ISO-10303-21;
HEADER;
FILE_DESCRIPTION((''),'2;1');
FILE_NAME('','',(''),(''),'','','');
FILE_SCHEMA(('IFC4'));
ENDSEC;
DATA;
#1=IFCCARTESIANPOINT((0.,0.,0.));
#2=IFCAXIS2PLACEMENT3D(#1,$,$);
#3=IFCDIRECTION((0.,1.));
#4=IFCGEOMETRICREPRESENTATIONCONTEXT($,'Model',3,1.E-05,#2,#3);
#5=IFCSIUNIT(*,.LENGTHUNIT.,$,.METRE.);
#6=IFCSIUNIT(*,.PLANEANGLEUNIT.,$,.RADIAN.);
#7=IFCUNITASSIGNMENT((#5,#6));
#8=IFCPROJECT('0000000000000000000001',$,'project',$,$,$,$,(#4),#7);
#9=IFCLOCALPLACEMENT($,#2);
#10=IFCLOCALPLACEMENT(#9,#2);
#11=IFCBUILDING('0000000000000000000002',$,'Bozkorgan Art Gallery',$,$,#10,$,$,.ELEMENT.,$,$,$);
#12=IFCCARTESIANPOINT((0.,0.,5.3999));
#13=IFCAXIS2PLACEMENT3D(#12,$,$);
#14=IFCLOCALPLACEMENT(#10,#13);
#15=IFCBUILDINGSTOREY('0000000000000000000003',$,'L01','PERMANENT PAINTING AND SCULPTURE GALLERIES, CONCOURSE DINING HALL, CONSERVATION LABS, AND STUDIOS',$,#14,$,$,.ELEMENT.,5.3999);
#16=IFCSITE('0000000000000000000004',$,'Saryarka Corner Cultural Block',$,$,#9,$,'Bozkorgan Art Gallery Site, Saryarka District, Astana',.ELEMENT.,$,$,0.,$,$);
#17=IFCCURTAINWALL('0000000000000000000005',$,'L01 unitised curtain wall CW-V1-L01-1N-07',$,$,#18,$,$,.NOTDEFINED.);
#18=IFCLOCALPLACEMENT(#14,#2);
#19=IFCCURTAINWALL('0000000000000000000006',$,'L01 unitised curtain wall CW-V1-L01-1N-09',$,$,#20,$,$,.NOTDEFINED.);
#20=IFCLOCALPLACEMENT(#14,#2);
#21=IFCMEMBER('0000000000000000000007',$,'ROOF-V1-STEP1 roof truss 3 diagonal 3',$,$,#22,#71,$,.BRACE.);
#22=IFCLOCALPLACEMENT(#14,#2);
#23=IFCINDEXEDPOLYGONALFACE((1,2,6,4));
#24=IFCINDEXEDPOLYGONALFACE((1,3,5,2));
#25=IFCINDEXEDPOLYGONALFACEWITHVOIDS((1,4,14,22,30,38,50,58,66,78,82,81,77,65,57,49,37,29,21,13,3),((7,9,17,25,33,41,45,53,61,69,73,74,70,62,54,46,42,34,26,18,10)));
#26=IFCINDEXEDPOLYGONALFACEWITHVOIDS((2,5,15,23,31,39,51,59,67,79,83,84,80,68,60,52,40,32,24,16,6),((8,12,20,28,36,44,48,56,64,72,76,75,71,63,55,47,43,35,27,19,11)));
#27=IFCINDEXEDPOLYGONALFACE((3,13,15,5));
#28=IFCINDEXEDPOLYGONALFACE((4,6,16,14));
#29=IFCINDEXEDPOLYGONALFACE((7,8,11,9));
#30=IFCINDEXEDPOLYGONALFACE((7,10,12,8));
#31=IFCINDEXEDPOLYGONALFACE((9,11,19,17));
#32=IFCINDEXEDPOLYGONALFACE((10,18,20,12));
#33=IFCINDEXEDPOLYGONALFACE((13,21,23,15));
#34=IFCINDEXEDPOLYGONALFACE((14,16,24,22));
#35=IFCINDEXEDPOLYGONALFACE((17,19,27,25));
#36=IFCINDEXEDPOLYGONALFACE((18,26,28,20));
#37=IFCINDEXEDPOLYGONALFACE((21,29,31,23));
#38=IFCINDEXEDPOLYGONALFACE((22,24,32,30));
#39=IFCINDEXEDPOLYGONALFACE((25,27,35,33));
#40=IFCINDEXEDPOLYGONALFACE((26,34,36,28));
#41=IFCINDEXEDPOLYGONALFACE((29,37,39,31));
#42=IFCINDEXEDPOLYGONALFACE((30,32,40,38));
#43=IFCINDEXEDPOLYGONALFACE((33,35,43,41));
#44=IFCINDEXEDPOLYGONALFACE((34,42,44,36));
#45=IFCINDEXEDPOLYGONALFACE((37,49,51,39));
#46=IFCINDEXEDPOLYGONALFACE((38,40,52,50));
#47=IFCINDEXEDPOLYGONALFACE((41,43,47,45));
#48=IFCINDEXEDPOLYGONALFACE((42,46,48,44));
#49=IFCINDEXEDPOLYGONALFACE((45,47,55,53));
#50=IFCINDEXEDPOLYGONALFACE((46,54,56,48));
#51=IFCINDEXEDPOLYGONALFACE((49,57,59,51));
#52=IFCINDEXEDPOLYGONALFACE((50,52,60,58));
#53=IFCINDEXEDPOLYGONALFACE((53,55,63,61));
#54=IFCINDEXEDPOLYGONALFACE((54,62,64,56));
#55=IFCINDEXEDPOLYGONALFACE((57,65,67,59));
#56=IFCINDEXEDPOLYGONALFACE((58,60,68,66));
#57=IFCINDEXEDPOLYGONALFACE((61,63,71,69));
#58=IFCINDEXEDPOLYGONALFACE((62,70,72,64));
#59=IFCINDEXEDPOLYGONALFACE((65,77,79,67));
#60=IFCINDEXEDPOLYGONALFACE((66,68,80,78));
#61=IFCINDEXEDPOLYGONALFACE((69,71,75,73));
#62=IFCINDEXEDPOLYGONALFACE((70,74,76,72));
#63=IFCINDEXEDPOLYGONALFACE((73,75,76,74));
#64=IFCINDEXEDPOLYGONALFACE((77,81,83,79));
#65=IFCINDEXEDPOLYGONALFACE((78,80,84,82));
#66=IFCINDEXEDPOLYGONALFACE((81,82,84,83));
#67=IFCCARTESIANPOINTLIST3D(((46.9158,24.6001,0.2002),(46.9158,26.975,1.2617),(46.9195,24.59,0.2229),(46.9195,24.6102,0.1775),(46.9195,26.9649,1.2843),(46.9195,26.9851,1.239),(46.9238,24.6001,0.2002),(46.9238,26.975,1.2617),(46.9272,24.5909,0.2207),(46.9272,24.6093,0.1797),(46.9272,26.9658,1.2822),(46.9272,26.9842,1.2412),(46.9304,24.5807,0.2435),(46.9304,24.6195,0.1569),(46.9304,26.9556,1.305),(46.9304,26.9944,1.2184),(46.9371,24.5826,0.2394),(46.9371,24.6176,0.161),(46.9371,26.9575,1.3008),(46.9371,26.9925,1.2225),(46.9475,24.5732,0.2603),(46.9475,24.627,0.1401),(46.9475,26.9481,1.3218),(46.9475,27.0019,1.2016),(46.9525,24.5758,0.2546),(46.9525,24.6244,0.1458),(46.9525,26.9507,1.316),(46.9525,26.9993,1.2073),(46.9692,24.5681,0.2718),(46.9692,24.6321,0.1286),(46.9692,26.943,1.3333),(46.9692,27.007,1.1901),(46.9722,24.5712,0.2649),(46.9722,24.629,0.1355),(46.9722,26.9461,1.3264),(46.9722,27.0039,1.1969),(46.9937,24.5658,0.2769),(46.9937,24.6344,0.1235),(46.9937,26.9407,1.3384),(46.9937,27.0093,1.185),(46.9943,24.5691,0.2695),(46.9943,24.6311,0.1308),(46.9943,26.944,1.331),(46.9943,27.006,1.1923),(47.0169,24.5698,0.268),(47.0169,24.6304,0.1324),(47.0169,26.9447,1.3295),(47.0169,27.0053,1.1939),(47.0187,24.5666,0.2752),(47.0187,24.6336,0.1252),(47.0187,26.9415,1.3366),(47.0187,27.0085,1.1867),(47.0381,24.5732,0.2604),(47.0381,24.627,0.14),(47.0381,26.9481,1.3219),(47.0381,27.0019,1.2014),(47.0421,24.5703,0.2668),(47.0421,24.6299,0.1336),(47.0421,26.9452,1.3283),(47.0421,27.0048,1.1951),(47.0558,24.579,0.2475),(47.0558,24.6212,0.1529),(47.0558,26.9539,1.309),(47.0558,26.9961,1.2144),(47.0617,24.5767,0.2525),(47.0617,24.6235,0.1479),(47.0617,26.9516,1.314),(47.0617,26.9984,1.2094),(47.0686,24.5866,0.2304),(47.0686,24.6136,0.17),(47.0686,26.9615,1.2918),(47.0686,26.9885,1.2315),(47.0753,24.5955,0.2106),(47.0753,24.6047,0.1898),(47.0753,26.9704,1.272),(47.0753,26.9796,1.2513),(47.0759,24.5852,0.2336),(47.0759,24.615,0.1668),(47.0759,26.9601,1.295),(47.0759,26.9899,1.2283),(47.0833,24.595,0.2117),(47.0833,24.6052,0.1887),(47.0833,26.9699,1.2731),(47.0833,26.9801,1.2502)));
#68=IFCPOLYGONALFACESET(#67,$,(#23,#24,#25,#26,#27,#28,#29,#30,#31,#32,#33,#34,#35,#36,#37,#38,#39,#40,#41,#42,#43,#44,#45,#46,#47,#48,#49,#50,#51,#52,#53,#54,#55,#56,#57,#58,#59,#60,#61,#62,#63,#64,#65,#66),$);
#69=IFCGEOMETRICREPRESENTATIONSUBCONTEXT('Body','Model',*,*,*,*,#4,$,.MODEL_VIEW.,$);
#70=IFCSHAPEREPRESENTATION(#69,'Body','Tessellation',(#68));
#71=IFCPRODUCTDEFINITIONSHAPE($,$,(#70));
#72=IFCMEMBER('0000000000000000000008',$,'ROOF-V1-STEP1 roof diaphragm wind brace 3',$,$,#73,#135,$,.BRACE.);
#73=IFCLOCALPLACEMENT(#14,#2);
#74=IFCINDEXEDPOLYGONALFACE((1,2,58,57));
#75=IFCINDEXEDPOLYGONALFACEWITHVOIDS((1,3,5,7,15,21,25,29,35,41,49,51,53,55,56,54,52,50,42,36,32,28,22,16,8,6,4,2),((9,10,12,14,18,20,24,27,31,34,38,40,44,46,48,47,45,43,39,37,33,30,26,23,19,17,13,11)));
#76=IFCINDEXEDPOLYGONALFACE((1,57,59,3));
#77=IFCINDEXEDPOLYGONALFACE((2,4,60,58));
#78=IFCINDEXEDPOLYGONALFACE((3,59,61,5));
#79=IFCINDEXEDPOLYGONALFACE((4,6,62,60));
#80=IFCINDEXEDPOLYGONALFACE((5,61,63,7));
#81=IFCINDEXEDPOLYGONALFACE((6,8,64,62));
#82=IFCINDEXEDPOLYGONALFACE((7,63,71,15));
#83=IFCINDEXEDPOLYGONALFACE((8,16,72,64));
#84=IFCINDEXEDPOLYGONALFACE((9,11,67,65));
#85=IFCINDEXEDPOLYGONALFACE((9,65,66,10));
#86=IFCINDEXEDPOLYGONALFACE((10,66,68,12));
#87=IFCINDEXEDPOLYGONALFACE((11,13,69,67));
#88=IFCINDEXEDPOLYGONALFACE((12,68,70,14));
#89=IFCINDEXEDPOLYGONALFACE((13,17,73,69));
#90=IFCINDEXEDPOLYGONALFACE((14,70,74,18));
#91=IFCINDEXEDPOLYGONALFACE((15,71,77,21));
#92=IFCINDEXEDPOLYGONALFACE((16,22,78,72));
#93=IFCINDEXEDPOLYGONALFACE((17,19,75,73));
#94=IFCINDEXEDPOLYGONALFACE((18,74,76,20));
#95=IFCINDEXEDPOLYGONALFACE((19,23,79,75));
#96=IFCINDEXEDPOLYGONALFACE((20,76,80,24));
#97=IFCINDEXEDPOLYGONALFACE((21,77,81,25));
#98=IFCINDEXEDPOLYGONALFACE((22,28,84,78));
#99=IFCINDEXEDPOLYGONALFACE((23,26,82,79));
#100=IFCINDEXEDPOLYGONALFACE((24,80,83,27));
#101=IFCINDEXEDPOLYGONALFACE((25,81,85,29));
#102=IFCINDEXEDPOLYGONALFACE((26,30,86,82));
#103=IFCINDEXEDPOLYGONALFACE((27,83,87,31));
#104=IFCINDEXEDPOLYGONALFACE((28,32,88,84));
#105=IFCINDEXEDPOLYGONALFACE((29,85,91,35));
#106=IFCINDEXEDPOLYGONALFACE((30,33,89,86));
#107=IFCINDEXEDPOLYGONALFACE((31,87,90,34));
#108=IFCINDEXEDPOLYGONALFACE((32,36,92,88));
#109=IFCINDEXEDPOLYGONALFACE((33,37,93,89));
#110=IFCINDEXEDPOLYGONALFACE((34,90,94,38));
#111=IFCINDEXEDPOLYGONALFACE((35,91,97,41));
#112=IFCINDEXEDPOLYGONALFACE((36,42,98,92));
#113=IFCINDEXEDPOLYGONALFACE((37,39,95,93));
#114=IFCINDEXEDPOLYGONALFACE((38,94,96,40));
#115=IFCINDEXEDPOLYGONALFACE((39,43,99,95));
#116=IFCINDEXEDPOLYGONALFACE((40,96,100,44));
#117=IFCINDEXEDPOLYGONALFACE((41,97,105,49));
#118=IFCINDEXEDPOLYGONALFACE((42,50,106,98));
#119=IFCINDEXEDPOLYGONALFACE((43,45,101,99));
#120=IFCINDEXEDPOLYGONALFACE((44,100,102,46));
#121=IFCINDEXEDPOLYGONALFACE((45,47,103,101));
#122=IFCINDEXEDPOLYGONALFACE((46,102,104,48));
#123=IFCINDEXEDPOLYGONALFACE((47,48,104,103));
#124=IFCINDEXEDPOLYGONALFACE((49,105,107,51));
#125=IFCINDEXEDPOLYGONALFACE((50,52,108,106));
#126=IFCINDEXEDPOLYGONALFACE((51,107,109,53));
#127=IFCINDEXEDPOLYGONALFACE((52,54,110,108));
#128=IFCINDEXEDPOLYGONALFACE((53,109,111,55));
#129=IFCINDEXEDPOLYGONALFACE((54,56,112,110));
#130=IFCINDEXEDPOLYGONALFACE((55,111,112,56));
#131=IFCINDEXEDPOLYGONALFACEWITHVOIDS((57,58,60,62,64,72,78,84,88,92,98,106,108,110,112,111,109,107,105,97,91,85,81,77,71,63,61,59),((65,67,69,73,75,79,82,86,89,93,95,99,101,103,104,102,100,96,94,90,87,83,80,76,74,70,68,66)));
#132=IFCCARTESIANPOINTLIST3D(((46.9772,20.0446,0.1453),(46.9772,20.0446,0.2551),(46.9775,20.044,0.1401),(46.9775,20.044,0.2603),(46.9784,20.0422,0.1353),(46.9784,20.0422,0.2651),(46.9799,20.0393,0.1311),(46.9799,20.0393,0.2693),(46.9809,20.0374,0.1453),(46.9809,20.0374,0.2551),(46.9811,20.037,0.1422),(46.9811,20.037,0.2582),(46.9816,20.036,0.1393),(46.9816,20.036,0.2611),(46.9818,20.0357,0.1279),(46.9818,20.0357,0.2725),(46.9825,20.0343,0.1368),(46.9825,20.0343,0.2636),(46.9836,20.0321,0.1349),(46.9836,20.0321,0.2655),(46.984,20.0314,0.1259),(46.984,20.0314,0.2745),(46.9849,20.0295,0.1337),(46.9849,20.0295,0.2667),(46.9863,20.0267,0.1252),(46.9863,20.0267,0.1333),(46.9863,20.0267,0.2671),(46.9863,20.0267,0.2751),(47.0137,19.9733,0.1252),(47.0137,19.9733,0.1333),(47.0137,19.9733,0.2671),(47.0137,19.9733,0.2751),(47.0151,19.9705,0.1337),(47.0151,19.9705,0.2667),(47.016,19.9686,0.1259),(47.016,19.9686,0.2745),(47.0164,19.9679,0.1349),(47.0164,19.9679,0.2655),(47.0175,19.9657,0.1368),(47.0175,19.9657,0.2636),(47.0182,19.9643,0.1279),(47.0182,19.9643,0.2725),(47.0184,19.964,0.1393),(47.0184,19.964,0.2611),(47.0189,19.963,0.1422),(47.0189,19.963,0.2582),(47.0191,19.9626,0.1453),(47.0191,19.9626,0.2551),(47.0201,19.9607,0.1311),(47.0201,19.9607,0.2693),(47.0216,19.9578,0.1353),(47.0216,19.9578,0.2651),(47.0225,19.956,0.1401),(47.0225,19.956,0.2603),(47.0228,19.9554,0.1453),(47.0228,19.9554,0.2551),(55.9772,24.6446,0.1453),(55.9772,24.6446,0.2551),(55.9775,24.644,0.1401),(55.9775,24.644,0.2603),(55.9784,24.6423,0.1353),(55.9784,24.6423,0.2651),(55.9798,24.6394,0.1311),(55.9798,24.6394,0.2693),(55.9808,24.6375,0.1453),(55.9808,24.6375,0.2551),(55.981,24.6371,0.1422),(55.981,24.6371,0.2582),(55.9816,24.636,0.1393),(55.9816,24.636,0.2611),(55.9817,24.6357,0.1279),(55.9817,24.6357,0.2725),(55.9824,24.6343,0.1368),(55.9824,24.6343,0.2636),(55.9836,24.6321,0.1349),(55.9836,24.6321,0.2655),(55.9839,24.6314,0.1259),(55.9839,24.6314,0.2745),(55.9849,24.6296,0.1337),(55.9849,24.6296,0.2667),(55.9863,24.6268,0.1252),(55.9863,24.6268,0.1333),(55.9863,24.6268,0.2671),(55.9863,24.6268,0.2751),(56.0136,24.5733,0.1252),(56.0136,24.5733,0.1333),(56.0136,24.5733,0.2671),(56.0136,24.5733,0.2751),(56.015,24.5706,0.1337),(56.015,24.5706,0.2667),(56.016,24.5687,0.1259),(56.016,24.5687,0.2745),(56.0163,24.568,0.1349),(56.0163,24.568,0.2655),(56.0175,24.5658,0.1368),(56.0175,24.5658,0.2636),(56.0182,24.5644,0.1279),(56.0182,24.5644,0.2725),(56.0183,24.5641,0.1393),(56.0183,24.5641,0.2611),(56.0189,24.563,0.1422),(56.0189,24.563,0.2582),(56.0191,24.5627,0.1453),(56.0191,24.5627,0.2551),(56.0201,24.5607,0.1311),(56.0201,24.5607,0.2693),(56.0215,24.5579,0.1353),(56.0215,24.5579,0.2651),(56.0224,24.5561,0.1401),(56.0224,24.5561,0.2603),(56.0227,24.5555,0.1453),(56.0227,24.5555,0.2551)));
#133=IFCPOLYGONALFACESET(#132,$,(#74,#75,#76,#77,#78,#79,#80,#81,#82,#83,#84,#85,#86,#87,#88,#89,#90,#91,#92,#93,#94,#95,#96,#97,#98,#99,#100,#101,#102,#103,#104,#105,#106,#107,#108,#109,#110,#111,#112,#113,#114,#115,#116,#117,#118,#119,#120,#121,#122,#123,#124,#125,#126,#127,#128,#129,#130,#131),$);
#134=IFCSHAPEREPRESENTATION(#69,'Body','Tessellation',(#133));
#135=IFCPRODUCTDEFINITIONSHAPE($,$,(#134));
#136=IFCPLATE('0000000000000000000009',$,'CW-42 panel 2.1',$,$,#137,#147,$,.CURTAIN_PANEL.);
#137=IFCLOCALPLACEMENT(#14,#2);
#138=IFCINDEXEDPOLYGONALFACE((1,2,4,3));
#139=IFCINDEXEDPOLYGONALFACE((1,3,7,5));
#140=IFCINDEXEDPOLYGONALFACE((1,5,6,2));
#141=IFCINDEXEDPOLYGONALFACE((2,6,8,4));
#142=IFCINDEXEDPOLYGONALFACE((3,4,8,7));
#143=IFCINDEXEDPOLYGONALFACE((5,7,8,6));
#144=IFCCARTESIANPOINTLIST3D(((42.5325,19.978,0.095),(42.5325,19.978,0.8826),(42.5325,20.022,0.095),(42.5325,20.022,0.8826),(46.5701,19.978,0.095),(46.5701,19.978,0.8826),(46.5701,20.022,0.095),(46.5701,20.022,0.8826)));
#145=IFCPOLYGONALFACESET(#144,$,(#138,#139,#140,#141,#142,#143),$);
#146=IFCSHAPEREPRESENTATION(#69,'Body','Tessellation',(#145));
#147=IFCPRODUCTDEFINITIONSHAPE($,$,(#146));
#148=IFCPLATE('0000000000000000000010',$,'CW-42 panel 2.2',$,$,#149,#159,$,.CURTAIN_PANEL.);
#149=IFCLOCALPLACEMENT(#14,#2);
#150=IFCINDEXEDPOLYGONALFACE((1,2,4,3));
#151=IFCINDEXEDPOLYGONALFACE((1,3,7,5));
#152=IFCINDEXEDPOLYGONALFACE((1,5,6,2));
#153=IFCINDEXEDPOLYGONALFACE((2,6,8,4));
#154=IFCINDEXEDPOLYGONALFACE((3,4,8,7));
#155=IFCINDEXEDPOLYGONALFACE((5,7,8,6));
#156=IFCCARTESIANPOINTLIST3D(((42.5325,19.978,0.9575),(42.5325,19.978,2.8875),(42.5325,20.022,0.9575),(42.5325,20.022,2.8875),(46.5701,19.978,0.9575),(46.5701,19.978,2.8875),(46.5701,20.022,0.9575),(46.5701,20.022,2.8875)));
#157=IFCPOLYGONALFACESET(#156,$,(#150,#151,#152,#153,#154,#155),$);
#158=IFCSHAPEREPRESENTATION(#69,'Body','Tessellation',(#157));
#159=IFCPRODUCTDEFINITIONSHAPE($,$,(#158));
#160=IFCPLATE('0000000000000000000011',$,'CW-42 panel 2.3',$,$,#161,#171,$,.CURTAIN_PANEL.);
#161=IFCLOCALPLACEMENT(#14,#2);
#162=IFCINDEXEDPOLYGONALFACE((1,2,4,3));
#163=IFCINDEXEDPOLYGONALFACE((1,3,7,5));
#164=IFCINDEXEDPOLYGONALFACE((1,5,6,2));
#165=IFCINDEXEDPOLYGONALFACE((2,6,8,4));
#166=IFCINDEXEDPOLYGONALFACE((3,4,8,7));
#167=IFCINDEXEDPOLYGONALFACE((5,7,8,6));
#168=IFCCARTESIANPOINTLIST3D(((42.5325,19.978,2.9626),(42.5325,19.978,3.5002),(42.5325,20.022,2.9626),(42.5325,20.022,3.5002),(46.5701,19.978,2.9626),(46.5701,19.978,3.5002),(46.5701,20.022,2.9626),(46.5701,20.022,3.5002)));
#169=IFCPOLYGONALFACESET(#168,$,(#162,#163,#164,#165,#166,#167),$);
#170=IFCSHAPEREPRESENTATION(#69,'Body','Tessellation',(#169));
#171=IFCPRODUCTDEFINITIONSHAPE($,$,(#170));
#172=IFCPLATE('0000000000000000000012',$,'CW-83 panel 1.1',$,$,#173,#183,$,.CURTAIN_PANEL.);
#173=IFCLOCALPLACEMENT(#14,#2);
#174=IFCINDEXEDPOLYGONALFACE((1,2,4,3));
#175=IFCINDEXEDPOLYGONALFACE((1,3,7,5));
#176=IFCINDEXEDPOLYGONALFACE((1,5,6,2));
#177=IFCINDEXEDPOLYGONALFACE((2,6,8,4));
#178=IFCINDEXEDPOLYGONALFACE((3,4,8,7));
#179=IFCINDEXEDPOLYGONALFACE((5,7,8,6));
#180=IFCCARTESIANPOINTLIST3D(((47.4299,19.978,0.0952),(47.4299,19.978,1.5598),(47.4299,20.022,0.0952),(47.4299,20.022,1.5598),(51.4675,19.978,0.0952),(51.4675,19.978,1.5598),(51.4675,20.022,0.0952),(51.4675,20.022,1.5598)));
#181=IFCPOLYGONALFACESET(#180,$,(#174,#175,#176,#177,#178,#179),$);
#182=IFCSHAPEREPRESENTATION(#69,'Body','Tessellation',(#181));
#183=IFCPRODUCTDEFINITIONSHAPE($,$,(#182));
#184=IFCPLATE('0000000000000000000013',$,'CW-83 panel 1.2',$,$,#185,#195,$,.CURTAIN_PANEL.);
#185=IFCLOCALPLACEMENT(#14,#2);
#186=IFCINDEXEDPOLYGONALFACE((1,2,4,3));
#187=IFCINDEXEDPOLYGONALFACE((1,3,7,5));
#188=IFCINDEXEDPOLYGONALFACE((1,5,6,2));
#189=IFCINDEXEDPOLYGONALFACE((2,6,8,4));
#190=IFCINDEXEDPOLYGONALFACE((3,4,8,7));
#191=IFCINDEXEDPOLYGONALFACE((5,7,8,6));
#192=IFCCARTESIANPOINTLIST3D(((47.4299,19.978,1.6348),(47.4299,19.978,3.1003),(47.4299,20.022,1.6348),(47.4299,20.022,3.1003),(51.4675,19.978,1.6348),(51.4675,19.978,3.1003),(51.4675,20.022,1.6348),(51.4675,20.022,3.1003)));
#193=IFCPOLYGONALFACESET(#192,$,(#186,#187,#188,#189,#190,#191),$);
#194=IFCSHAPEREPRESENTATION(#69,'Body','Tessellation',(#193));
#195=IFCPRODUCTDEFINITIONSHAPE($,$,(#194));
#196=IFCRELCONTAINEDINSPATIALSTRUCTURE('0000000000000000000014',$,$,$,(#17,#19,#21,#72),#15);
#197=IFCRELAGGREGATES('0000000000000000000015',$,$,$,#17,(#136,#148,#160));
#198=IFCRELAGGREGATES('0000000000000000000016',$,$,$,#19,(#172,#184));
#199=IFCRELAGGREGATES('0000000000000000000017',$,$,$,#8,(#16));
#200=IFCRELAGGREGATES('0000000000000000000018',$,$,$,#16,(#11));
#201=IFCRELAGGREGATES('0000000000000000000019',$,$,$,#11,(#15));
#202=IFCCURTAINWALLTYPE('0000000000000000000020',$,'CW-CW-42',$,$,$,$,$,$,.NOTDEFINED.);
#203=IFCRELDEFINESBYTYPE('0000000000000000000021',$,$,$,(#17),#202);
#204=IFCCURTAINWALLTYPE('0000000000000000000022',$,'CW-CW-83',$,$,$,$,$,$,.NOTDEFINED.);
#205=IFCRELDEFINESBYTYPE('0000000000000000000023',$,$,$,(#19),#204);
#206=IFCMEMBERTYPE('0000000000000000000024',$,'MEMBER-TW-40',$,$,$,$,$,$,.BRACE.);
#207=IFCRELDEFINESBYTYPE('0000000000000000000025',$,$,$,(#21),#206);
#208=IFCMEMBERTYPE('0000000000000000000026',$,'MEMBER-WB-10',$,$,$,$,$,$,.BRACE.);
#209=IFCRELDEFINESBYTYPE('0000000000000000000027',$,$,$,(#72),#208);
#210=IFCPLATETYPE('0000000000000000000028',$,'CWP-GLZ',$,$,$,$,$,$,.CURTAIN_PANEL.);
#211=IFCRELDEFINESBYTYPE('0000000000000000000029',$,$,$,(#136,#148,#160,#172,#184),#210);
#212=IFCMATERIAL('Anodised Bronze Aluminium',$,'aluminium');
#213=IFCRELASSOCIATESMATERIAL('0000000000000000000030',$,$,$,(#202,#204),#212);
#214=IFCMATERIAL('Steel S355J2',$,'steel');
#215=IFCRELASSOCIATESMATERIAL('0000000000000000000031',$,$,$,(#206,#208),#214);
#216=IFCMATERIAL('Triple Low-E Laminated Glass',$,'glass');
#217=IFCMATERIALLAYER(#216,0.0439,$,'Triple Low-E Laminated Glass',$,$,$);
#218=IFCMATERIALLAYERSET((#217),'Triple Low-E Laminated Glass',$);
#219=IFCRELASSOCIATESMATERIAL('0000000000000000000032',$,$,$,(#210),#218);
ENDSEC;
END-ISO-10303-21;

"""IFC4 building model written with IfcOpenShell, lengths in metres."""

from ifc_helpers import new_model, si_unit, direction, frame, origin, origin_2d, place, context, subcontext, project, spatial, rectangle, hollow_rectangle, hollow_circle, extrude, material, layer, layer_set, material_profile, profile_set, type_object, element, aggregate, save


model = new_model("IFC4")

# Units and contexts
model_context = context("Model", 3, precision=1e-05, world=origin(), true_north=direction((0.0, 1.0)))
body_context = subcontext(model_context, "Body", "Model", "MODEL_VIEW")
ifc_project = project(units=[si_unit("LENGTHUNIT", "METRE"), si_unit("PLANEANGLEUNIT", "RADIAN")], contexts=[model_context])

# Site, building, storey
site_placement = place(None, origin())
site = spatial("IfcSite", under=ifc_project, at=site_placement, Name="Saryarka Corner Cultural Block", LongName="Bozkorgan Art Gallery Site, Saryarka District, Astana", CompositionType="ELEMENT", RefElevation=0.0)
building_placement = place(site_placement, origin())
building = spatial("IfcBuilding", under=site, at=building_placement, Name="Bozkorgan Art Gallery", CompositionType="ELEMENT")
storey_placement = place(building_placement, frame((0.0, 0.0, 5.3999)))
storey = spatial("IfcBuildingStorey", under=building, at=storey_placement, Name="L01", Description="PERMANENT PAINTING AND SCULPTURE GALLERIES, CONCOURSE DINING HALL, CONSERVATION LABS, AND STUDIOS", CompositionType="ELEMENT", Elevation=5.3999)

# Curtain wall
ifc_material_1 = material(Name="Anodised Bronze Aluminium", Category="aluminium")
curtain_wall_type_1 = type_object("IfcCurtainWallType", Name="CW-CW-42", PredefinedType="NOTDEFINED", material=ifc_material_1)
curtain_wall_1_placement = place(storey_placement, origin())
curtain_wall_1 = element("IfcCurtainWall", 1, at=curtain_wall_1_placement, inside=storey, type_object=curtain_wall_type_1, Name="L01 unitised curtain wall CW-V1-L01-1N-07", PredefinedType="NOTDEFINED")

# Curtain wall
curtain_wall_type_2 = type_object("IfcCurtainWallType", Name="CW-CW-83", PredefinedType="NOTDEFINED", material=ifc_material_1)
curtain_wall_2_placement = place(storey_placement, origin())
curtain_wall_2 = element("IfcCurtainWall", 2, at=curtain_wall_2_placement, inside=storey, type_object=curtain_wall_type_2, Name="L01 unitised curtain wall CW-V1-L01-1N-09", PredefinedType="NOTDEFINED")

# Members
ifc_material_2 = material(Name="Steel S355J2", Category="steel")
ifc_material_profile_1 = material_profile(ifc_material_2, hollow_circle(Radius=0.0842, WallThickness=0.0081, at=origin_2d()), Name="CHS 168.3x8")
ifc_profile_set_1 = profile_set([ifc_material_profile_1], Name="Steel S355J2")
member_type_1 = type_object("IfcMemberType", Name="MEMBER-TW-40", PredefinedType="BRACE", material=ifc_profile_set_1)
for number, where, z_axis, x_axis, name in (
    (3, (47.0, 24.6001, 0.2002), (0.0, 0.912958, 0.408053), (-1.0, 0.0, 0.0), "ROOF-V1-STEP1 roof truss 3 diagonal 3"),
):
    element("IfcMember", number, at=place(storey_placement, frame(where, z_axis=z_axis, x_axis=x_axis)), inside=storey, type_object=member_type_1, Name=name, PredefinedType="BRACE", context=body_context, shape_type="SweptSolid", body=[
        extrude(hollow_circle(Radius=0.0842, WallThickness=0.0081, at=origin_2d()), origin(), (0.0, 0.0, 1.0), 2.6013),
    ])
ifc_material_profile_2 = material_profile(ifc_material_2, hollow_rectangle(XDim=0.1001, YDim=0.1499, WallThickness=0.0081, InnerFilletRadius=0.012, OuterFilletRadius=0.02, at=origin_2d()), Name="RHS 150x100x8")
ifc_profile_set_2 = profile_set([ifc_material_profile_2], Name="Steel S355J2")
member_type_2 = type_object("IfcMemberType", Name="MEMBER-WB-10", PredefinedType="BRACE", material=ifc_profile_set_2)
member_1_placement = place(storey_placement, frame((47.0, 20.0, 0.2002), z_axis=(0.890431, 0.455119, 0.0), x_axis=(-0.455119, 0.890431, 0.0)))
element("IfcMember", 4, at=member_1_placement, inside=storey, type_object=member_type_2, Name="ROOF-V1-STEP1 roof diaphragm wind brace 3", PredefinedType="BRACE", context=body_context, shape_type="SweptSolid", body=[
    extrude(hollow_rectangle(XDim=0.1001, YDim=0.1499, WallThickness=0.0081, InnerFilletRadius=0.012, OuterFilletRadius=0.02, at=origin_2d()), origin(), (0.0, 0.0, 1.0), 10.1074),
])

# Plates
ifc_material_3 = material(Name="Triple Low-E Laminated Glass", Category="glass")
ifc_layer_1 = layer(ifc_material_3, 0.0439, Name="Triple Low-E Laminated Glass")
ifc_layer_set_1 = layer_set([ifc_layer_1], Name="Triple Low-E Laminated Glass")
plate_type_1 = type_object("IfcPlateType", Name="CWP-GLZ", PredefinedType="CURTAIN_PANEL", material=ifc_layer_set_1)
plate_1_placement = place(storey_placement, frame((44.5513, 20.0, 0.095), z_axis=(0.0, 0.0, 1.0), x_axis=(1.0, 0.0, 0.0)))
plate_1 = element("IfcPlate", 5, at=plate_1_placement, type_object=plate_type_1, Name="CW-42 panel 2.1", PredefinedType="CURTAIN_PANEL", context=body_context, shape_type="SweptSolid", body=[
    extrude(rectangle(XDim=4.0376, YDim=0.0439, at=origin_2d()), origin(), (0.0, 0.0, 1.0), 0.7876),
])
plate_2_placement = place(storey_placement, frame((44.5513, 20.0, 0.9575), z_axis=(0.0, 0.0, 1.0), x_axis=(1.0, 0.0, 0.0)))
plate_2 = element("IfcPlate", 6, at=plate_2_placement, type_object=plate_type_1, Name="CW-42 panel 2.2", PredefinedType="CURTAIN_PANEL", context=body_context, shape_type="SweptSolid", body=[
    extrude(rectangle(XDim=4.0376, YDim=0.0439, at=origin_2d()), origin(), (0.0, 0.0, 1.0), 1.9299),
])
plate_3_placement = place(storey_placement, frame((44.5513, 20.0, 2.9626), z_axis=(0.0, 0.0, 1.0), x_axis=(1.0, 0.0, 0.0)))
plate_3 = element("IfcPlate", 7, at=plate_3_placement, type_object=plate_type_1, Name="CW-42 panel 2.3", PredefinedType="CURTAIN_PANEL", context=body_context, shape_type="SweptSolid", body=[
    extrude(rectangle(XDim=4.0376, YDim=0.0439, at=origin_2d()), origin(), (0.0, 0.0, 1.0), 0.5376),
])
aggregate(curtain_wall_1, [plate_1, plate_2, plate_3])
plate_4_placement = place(storey_placement, frame((49.4487, 20.0, 0.0952), z_axis=(0.0, 0.0, 1.0), x_axis=(1.0, 0.0, 0.0)))
plate_4 = element("IfcPlate", 8, at=plate_4_placement, type_object=plate_type_1, Name="CW-83 panel 1.1", PredefinedType="CURTAIN_PANEL", context=body_context, shape_type="SweptSolid", body=[
    extrude(rectangle(XDim=4.0376, YDim=0.0439, at=origin_2d()), origin(), (0.0, 0.0, 1.0), 1.4646),
])
plate_5_placement = place(storey_placement, frame((49.4487, 20.0, 1.6348), z_axis=(0.0, 0.0, 1.0), x_axis=(1.0, 0.0, 0.0)))
plate_5 = element("IfcPlate", 9, at=plate_5_placement, type_object=plate_type_1, Name="CW-83 panel 1.2", PredefinedType="CURTAIN_PANEL", context=body_context, shape_type="SweptSolid", body=[
    extrude(rectangle(XDim=4.0376, YDim=0.0439, at=origin_2d()), origin(), (0.0, 0.0, 1.0), 1.4656),
])
aggregate(curtain_wall_2, [plate_4, plate_5])

save(model, "model.ifc")
